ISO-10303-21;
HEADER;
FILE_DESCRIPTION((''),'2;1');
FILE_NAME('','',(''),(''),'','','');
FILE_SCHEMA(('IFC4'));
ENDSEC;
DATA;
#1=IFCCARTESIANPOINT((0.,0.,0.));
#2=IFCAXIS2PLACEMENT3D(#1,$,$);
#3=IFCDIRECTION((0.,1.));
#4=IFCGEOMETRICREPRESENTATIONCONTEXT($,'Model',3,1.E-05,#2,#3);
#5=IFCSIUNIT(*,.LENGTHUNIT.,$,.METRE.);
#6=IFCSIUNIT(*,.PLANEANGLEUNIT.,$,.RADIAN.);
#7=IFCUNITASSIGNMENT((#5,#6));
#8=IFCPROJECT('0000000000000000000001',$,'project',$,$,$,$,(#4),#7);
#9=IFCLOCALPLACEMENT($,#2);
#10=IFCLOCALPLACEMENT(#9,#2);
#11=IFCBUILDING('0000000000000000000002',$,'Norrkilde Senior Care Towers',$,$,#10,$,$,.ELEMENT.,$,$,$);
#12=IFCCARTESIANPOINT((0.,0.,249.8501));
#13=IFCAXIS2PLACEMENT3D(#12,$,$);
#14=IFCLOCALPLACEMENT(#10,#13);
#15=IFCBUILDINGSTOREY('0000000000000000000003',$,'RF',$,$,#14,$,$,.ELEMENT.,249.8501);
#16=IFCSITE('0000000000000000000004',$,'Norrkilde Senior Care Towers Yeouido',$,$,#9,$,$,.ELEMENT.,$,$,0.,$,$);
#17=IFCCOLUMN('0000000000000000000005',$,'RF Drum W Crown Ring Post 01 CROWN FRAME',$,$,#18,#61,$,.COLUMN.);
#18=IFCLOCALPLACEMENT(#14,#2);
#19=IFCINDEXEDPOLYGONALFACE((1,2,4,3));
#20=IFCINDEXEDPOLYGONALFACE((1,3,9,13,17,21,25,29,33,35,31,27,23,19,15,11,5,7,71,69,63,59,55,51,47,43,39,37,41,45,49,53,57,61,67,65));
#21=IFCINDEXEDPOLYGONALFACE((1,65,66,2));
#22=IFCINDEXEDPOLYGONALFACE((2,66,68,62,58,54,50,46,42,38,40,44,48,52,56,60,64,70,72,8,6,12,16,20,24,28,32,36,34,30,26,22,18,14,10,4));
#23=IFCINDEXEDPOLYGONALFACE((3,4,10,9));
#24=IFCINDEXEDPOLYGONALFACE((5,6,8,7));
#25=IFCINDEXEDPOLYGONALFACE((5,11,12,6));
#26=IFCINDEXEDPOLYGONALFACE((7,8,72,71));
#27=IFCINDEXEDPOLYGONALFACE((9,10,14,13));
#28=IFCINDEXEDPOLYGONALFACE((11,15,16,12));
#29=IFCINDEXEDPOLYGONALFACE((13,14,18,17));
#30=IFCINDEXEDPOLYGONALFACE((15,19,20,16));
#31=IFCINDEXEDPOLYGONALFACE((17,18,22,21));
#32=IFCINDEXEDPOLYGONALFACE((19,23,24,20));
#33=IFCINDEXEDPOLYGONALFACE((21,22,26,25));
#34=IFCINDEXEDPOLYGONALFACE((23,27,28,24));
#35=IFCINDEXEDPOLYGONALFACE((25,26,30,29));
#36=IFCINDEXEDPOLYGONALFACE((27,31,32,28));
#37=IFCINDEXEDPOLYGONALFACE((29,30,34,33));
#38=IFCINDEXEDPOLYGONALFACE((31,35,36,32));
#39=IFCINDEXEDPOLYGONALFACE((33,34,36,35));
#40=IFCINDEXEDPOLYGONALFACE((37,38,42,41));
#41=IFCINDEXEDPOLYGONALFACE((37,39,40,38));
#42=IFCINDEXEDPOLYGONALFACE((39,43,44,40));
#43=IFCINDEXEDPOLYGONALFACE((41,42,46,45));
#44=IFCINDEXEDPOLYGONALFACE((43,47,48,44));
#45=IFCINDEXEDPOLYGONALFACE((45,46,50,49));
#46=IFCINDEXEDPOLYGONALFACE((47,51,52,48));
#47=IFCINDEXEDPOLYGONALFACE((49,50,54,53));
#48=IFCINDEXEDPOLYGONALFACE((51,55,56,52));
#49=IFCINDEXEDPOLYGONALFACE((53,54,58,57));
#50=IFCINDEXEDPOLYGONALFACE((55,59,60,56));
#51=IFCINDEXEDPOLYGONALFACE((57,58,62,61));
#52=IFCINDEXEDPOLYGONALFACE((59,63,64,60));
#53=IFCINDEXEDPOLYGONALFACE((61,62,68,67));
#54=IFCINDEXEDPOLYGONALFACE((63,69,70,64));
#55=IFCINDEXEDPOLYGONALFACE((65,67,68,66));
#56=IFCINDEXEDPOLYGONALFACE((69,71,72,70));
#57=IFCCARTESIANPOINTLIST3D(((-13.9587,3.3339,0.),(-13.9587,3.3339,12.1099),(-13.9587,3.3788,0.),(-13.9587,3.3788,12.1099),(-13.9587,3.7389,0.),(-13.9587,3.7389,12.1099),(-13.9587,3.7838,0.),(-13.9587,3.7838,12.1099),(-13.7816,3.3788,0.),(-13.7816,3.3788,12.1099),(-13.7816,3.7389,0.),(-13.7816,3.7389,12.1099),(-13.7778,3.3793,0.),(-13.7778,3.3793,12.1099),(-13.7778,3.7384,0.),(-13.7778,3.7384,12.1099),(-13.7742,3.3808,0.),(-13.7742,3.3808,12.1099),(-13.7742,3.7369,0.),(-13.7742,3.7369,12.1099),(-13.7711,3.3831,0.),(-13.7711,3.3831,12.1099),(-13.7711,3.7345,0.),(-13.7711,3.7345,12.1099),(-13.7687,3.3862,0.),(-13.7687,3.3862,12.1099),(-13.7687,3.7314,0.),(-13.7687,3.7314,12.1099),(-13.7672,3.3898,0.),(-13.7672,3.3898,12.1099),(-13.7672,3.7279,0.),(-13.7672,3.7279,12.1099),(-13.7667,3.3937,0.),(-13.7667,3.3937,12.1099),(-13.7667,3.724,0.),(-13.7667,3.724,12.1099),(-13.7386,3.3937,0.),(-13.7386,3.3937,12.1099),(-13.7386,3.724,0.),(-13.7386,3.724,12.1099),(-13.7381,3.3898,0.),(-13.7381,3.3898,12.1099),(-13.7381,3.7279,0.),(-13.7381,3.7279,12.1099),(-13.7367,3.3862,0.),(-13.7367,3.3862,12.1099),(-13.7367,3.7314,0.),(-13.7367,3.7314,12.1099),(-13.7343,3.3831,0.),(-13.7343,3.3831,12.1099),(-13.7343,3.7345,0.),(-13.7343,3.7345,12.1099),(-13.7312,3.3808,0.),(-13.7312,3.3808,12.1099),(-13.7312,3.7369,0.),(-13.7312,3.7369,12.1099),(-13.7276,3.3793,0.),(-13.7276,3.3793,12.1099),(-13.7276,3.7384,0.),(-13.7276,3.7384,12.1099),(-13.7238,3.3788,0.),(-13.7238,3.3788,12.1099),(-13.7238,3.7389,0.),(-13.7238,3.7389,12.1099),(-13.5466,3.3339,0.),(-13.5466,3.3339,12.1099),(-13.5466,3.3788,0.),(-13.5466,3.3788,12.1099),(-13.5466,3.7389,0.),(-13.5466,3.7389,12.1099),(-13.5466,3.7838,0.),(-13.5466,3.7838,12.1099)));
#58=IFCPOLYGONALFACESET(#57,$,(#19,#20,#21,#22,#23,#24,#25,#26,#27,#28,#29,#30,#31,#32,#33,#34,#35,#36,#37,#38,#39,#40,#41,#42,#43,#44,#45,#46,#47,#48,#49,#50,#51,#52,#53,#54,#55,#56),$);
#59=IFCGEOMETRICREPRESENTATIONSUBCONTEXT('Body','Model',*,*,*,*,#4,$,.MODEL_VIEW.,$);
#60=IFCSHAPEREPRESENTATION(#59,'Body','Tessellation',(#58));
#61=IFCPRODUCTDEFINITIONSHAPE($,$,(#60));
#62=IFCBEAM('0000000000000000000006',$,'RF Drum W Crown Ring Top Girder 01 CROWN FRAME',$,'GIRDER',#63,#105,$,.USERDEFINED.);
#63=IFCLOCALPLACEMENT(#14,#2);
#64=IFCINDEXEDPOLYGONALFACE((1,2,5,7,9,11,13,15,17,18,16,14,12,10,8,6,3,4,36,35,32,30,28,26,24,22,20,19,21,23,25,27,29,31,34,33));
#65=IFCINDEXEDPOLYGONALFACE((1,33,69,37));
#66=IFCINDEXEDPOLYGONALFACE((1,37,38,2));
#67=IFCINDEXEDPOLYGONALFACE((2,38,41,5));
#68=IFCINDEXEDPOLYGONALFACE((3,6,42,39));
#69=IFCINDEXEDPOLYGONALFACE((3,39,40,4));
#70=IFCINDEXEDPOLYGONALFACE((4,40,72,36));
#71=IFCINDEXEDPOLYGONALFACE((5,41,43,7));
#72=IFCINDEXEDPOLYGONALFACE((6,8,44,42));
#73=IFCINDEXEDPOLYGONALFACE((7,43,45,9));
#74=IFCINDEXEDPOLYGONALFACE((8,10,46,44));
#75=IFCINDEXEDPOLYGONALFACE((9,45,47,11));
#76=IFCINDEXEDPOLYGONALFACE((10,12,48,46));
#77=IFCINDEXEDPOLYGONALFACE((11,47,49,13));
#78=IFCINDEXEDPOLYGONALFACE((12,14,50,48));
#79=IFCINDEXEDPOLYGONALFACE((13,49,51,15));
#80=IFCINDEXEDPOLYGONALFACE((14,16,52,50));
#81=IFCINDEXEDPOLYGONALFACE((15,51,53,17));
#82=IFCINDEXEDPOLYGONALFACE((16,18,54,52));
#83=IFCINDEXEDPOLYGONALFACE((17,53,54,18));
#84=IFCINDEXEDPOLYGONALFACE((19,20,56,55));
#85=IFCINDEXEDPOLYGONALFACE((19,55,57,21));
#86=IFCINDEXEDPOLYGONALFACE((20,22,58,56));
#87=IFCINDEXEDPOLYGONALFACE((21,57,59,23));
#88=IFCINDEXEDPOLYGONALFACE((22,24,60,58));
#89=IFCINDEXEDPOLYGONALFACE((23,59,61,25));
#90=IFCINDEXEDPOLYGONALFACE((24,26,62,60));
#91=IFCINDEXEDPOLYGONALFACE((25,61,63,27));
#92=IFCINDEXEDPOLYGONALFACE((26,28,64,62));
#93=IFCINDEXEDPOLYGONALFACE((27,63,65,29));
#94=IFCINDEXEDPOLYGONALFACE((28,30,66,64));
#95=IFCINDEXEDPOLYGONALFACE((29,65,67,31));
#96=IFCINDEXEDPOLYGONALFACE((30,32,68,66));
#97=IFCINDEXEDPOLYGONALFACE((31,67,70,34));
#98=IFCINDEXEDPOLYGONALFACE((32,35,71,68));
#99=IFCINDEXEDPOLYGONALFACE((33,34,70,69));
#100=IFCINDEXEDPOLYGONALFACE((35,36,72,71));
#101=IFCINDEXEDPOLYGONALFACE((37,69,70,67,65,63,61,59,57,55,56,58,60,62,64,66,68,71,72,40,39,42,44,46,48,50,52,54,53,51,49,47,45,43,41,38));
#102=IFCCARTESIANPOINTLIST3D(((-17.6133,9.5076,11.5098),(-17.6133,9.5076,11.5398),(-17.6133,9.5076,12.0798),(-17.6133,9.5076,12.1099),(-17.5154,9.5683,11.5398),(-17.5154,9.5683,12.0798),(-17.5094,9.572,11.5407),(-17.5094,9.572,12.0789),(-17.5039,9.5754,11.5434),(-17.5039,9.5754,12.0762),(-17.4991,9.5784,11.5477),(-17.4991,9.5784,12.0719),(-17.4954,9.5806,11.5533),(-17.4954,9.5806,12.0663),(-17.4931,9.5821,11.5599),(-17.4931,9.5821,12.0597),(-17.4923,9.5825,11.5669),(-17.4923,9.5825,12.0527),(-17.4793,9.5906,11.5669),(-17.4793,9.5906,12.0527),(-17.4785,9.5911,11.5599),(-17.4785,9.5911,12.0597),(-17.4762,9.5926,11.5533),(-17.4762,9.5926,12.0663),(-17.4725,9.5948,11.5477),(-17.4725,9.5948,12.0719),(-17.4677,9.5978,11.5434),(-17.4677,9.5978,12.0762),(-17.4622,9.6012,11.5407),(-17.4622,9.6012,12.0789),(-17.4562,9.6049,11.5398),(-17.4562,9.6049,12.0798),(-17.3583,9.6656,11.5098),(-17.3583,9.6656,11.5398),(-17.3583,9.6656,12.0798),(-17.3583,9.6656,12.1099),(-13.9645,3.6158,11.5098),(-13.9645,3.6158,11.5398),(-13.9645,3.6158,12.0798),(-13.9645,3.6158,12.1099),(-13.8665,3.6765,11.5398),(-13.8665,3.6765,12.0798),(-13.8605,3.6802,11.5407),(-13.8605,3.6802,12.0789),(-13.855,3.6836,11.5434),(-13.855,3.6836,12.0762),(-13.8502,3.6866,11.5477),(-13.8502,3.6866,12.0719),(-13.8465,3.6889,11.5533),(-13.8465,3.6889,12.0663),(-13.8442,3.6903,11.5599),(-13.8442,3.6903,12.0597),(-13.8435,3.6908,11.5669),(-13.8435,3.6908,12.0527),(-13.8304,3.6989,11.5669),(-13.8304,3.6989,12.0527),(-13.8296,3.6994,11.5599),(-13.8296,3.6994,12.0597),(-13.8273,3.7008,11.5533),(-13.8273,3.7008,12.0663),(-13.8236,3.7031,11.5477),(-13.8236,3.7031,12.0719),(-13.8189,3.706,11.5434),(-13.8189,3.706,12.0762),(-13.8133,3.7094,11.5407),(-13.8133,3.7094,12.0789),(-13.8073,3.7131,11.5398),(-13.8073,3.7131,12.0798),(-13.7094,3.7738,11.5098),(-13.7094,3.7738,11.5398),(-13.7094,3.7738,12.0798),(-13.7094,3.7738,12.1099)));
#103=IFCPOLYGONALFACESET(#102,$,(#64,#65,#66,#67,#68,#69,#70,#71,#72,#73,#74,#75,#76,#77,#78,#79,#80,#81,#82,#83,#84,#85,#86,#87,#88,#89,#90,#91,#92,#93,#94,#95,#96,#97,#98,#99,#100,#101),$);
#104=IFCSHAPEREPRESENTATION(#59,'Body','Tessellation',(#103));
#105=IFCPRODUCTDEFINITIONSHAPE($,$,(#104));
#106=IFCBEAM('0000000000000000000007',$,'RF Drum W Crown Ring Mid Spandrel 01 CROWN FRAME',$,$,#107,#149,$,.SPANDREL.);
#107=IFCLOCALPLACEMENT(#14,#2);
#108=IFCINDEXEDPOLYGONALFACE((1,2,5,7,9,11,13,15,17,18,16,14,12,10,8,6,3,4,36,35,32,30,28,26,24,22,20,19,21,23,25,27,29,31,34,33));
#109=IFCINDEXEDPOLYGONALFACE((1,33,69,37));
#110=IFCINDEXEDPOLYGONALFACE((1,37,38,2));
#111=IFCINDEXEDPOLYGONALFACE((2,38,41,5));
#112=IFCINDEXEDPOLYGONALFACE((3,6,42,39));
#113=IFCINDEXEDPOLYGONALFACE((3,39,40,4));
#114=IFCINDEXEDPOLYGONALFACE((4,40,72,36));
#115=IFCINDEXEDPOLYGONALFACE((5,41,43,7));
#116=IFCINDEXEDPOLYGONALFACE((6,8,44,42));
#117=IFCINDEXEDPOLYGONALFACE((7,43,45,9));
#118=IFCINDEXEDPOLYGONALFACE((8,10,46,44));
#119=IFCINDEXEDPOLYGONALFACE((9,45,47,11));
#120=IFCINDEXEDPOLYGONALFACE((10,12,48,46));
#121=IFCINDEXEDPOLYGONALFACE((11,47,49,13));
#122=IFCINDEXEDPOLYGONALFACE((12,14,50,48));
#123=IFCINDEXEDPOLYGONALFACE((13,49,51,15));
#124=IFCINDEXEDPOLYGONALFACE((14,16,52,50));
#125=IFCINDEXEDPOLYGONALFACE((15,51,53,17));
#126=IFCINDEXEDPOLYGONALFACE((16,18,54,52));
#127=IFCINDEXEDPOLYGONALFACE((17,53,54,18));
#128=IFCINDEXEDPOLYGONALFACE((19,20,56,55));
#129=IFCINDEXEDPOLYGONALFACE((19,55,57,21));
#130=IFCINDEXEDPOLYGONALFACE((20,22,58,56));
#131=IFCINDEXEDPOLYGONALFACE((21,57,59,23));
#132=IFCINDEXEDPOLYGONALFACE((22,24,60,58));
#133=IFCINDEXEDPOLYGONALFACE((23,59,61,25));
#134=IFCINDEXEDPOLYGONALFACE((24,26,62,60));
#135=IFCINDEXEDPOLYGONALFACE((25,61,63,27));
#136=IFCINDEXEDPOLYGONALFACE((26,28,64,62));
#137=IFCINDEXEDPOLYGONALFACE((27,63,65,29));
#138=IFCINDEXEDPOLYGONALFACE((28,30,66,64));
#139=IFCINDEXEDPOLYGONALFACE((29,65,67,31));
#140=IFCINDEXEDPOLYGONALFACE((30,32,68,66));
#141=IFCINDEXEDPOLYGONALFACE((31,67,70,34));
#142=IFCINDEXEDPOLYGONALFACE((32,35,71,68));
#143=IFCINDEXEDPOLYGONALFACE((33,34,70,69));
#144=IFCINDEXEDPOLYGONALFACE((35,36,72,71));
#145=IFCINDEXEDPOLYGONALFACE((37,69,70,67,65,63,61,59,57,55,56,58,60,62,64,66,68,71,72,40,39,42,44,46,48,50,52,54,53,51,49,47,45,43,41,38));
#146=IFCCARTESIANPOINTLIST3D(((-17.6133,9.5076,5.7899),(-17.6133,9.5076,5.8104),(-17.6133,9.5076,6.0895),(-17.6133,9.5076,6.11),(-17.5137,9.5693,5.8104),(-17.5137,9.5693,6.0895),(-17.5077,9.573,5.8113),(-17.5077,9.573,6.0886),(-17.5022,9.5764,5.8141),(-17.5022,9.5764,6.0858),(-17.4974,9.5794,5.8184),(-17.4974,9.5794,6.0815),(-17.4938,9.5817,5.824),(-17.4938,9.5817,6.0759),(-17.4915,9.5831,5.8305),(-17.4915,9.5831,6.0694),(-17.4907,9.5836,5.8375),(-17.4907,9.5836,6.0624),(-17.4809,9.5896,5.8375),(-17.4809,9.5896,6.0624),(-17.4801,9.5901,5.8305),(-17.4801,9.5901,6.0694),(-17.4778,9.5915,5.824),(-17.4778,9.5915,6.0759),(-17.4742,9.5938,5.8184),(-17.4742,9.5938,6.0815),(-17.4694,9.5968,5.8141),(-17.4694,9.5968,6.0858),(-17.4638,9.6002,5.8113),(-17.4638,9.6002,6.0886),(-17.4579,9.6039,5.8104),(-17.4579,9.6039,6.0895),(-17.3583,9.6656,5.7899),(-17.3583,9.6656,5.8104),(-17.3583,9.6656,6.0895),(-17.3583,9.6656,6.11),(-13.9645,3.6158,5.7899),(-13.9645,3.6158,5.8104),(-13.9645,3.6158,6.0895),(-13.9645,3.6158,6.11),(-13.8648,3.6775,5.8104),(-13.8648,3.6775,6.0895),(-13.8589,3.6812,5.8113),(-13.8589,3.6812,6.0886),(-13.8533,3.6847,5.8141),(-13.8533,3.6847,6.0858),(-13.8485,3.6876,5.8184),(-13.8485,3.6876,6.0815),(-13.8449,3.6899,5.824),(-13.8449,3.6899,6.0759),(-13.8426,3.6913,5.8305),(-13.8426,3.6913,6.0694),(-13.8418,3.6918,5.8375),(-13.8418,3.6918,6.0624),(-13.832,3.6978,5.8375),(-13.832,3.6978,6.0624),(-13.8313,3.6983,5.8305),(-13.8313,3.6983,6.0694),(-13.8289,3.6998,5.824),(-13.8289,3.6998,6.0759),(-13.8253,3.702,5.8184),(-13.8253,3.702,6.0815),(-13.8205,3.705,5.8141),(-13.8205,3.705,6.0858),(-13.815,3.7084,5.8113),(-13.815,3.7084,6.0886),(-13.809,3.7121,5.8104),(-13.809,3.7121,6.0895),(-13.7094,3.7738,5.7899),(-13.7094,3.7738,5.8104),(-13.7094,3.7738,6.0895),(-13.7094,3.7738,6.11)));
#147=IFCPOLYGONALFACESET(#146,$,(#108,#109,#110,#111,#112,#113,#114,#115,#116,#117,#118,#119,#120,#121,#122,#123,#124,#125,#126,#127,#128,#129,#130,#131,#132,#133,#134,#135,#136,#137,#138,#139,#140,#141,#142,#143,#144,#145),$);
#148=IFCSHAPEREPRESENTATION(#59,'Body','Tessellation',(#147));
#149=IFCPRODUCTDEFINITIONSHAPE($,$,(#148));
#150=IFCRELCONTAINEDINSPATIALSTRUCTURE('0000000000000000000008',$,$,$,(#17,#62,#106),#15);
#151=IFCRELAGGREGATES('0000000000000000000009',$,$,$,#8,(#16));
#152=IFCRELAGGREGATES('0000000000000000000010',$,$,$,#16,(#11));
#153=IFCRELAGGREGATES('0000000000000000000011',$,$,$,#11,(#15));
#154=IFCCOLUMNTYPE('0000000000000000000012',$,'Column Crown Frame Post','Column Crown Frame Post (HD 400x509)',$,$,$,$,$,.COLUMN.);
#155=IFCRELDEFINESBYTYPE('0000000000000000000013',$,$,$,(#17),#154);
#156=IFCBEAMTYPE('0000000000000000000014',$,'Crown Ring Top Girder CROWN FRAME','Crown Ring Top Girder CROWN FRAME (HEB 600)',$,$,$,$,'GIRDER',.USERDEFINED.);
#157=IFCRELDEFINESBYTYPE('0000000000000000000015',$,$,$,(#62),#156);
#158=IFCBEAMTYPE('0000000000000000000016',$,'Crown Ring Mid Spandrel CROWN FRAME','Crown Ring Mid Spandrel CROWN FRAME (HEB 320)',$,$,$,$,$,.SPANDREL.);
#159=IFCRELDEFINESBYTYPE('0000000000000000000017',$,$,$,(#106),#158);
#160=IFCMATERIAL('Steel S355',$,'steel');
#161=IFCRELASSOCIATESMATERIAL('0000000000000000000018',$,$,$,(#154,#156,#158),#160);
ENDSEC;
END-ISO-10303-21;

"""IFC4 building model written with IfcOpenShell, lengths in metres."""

from ifc_helpers import new_model, si_unit, direction, frame, origin, origin_2d, place, context, subcontext, project, spatial, i_section, extrude, source, transform, mapped, material, material_profile, profile_set, type_object, type_shapes, element, save


model = new_model("IFC4")

# Units and contexts
model_context = context("Model", 3, precision=1e-05, world=origin(), true_north=direction((0.0, 1.0)))
body_context = subcontext(model_context, "Body", "Model", "MODEL_VIEW")
ifc_project = project(units=[si_unit("LENGTHUNIT", "METRE"), si_unit("PLANEANGLEUNIT", "RADIAN")], contexts=[model_context])

# Site, building, storey
site_placement = place(None, origin())
site = spatial("IfcSite", under=ifc_project, at=site_placement, Name="Norrkilde Senior Care Towers Yeouido", CompositionType="ELEMENT", RefElevation=0.0)
building_placement = place(site_placement, origin())
building = spatial("IfcBuilding", under=site, at=building_placement, Name="Norrkilde Senior Care Towers", CompositionType="ELEMENT")
storey_placement = place(building_placement, frame((0.0, 0.0, 249.8501)))
storey = spatial("IfcBuildingStorey", under=building, at=storey_placement, Name="RF", CompositionType="ELEMENT", Elevation=249.8501)

# Column
ifc_material_1 = material(Name="Steel S355", Category="steel")
ifc_material_profile_1 = material_profile(ifc_material_1, i_section(OverallWidth=0.4121, OverallDepth=0.45, WebThickness=0.0281, FlangeThickness=0.0449, FilletRadius=0.0149, at=origin_2d()), Name="HD 400x509")
ifc_profile_set_1 = profile_set([ifc_material_profile_1], Name="Steel S355")
column_type = type_object("IfcColumnType", Name="Column Crown Frame Post", Description="Column Crown Frame Post (HD 400x509)", PredefinedType="COLUMN", material=ifc_profile_set_1)
shared_shape_1 = source(origin(), body_context, "Body", "SweptSolid", [
    extrude(i_section(OverallWidth=0.4121, OverallDepth=0.45, WebThickness=0.0281, FlangeThickness=0.0449, FilletRadius=0.0149, at=origin_2d()), origin(), (0.0, 0.0, 1.0), 12.1099),
])
type_shapes(column_type, [shared_shape_1])
column_placement = place(storey_placement, frame((-13.7527, 3.5588, 0.0), z_axis=(0.0, 0.0, 1.0), x_axis=(1.0, 0.0, 0.0)))
element("IfcColumn", 1, at=column_placement, inside=storey, type_object=column_type, Name="RF Drum W Crown Ring Post 01 CROWN FRAME", PredefinedType="COLUMN", context=body_context, shape_type="MappedRepresentation", body=[
    mapped(shared_shape_1, transform((0.0, 0.0, 0.0), x_axis=(1.0, 0.0, 0.0), y_axis=(0.0, 1.0, 0.0), z_axis=(0.0, 0.0, 1.0), scale=1.0)),
])

# Beams
ifc_material_profile_2 = material_profile(ifc_material_1, i_section(OverallWidth=0.3, OverallDepth=0.6001, WebThickness=0.0154, FlangeThickness=0.03, FilletRadius=0.0271, at=origin_2d()), Name="HEB 600")
ifc_profile_set_2 = profile_set([ifc_material_profile_2], Name="Steel S355")
beam_type_1 = type_object("IfcBeamType", Name="Crown Ring Top Girder CROWN FRAME", Description="Crown Ring Top Girder CROWN FRAME (HEB 600)", ElementType="GIRDER", PredefinedType="USERDEFINED", material=ifc_profile_set_2)
shared_shape_2 = source(origin(), body_context, "Body", "SweptSolid", [
    extrude(i_section(OverallWidth=0.3, OverallDepth=0.6001, WebThickness=0.0154, FlangeThickness=0.03, FilletRadius=0.0271, at=origin_2d()), origin(), (0.0, 0.0, 1.0), 6.9302),
])
type_shapes(beam_type_1, [shared_shape_2])
beam_1_placement = place(storey_placement, frame((-13.8369, 3.6948, 11.8098), z_axis=(-0.526521, 0.850162, 0.0), x_axis=(-0.850162, -0.526521, 0.0)))
element("IfcBeam", 2, at=beam_1_placement, inside=storey, type_object=beam_type_1, Name="RF Drum W Crown Ring Top Girder 01 CROWN FRAME", ObjectType="GIRDER", PredefinedType="USERDEFINED", context=body_context, shape_type="MappedRepresentation", body=[
    mapped(shared_shape_2, transform((0.0, 0.0, 0.0), x_axis=(1.0, 0.0, 0.0), y_axis=(0.0, 1.0, 0.0), z_axis=(0.0, 0.0, 1.0), scale=1.0)),
])
ifc_material_profile_3 = material_profile(ifc_material_1, i_section(OverallWidth=0.3, OverallDepth=0.3201, WebThickness=0.0115, FlangeThickness=0.0205, FilletRadius=0.0271, at=origin_2d()), Name="HEB 320")
ifc_profile_set_3 = profile_set([ifc_material_profile_3], Name="Steel S355")
beam_type_2 = type_object("IfcBeamType", Name="Crown Ring Mid Spandrel CROWN FRAME", Description="Crown Ring Mid Spandrel CROWN FRAME (HEB 320)", PredefinedType="SPANDREL", material=ifc_profile_set_3)
shared_shape_3 = source(origin(), body_context, "Body", "SweptSolid", [
    extrude(i_section(OverallWidth=0.3, OverallDepth=0.3201, WebThickness=0.0115, FlangeThickness=0.0205, FilletRadius=0.0271, at=origin_2d()), origin(), (0.0, 0.0, 1.0), 6.9302),
])
type_shapes(beam_type_2, [shared_shape_3])
beam_2_placement = place(storey_placement, frame((-13.8369, 3.6948, 5.95), z_axis=(-0.526521, 0.850162, 0.0), x_axis=(-0.850162, -0.526521, 0.0)))
element("IfcBeam", 3, at=beam_2_placement, inside=storey, type_object=beam_type_2, Name="RF Drum W Crown Ring Mid Spandrel 01 CROWN FRAME", PredefinedType="SPANDREL", context=body_context, shape_type="MappedRepresentation", body=[
    mapped(shared_shape_3, transform((0.0, 0.0, 0.0), x_axis=(1.0, 0.0, 0.0), y_axis=(0.0, 1.0, 0.0), z_axis=(0.0, 0.0, 1.0), scale=1.0)),
])

save(model, "model.ifc")
